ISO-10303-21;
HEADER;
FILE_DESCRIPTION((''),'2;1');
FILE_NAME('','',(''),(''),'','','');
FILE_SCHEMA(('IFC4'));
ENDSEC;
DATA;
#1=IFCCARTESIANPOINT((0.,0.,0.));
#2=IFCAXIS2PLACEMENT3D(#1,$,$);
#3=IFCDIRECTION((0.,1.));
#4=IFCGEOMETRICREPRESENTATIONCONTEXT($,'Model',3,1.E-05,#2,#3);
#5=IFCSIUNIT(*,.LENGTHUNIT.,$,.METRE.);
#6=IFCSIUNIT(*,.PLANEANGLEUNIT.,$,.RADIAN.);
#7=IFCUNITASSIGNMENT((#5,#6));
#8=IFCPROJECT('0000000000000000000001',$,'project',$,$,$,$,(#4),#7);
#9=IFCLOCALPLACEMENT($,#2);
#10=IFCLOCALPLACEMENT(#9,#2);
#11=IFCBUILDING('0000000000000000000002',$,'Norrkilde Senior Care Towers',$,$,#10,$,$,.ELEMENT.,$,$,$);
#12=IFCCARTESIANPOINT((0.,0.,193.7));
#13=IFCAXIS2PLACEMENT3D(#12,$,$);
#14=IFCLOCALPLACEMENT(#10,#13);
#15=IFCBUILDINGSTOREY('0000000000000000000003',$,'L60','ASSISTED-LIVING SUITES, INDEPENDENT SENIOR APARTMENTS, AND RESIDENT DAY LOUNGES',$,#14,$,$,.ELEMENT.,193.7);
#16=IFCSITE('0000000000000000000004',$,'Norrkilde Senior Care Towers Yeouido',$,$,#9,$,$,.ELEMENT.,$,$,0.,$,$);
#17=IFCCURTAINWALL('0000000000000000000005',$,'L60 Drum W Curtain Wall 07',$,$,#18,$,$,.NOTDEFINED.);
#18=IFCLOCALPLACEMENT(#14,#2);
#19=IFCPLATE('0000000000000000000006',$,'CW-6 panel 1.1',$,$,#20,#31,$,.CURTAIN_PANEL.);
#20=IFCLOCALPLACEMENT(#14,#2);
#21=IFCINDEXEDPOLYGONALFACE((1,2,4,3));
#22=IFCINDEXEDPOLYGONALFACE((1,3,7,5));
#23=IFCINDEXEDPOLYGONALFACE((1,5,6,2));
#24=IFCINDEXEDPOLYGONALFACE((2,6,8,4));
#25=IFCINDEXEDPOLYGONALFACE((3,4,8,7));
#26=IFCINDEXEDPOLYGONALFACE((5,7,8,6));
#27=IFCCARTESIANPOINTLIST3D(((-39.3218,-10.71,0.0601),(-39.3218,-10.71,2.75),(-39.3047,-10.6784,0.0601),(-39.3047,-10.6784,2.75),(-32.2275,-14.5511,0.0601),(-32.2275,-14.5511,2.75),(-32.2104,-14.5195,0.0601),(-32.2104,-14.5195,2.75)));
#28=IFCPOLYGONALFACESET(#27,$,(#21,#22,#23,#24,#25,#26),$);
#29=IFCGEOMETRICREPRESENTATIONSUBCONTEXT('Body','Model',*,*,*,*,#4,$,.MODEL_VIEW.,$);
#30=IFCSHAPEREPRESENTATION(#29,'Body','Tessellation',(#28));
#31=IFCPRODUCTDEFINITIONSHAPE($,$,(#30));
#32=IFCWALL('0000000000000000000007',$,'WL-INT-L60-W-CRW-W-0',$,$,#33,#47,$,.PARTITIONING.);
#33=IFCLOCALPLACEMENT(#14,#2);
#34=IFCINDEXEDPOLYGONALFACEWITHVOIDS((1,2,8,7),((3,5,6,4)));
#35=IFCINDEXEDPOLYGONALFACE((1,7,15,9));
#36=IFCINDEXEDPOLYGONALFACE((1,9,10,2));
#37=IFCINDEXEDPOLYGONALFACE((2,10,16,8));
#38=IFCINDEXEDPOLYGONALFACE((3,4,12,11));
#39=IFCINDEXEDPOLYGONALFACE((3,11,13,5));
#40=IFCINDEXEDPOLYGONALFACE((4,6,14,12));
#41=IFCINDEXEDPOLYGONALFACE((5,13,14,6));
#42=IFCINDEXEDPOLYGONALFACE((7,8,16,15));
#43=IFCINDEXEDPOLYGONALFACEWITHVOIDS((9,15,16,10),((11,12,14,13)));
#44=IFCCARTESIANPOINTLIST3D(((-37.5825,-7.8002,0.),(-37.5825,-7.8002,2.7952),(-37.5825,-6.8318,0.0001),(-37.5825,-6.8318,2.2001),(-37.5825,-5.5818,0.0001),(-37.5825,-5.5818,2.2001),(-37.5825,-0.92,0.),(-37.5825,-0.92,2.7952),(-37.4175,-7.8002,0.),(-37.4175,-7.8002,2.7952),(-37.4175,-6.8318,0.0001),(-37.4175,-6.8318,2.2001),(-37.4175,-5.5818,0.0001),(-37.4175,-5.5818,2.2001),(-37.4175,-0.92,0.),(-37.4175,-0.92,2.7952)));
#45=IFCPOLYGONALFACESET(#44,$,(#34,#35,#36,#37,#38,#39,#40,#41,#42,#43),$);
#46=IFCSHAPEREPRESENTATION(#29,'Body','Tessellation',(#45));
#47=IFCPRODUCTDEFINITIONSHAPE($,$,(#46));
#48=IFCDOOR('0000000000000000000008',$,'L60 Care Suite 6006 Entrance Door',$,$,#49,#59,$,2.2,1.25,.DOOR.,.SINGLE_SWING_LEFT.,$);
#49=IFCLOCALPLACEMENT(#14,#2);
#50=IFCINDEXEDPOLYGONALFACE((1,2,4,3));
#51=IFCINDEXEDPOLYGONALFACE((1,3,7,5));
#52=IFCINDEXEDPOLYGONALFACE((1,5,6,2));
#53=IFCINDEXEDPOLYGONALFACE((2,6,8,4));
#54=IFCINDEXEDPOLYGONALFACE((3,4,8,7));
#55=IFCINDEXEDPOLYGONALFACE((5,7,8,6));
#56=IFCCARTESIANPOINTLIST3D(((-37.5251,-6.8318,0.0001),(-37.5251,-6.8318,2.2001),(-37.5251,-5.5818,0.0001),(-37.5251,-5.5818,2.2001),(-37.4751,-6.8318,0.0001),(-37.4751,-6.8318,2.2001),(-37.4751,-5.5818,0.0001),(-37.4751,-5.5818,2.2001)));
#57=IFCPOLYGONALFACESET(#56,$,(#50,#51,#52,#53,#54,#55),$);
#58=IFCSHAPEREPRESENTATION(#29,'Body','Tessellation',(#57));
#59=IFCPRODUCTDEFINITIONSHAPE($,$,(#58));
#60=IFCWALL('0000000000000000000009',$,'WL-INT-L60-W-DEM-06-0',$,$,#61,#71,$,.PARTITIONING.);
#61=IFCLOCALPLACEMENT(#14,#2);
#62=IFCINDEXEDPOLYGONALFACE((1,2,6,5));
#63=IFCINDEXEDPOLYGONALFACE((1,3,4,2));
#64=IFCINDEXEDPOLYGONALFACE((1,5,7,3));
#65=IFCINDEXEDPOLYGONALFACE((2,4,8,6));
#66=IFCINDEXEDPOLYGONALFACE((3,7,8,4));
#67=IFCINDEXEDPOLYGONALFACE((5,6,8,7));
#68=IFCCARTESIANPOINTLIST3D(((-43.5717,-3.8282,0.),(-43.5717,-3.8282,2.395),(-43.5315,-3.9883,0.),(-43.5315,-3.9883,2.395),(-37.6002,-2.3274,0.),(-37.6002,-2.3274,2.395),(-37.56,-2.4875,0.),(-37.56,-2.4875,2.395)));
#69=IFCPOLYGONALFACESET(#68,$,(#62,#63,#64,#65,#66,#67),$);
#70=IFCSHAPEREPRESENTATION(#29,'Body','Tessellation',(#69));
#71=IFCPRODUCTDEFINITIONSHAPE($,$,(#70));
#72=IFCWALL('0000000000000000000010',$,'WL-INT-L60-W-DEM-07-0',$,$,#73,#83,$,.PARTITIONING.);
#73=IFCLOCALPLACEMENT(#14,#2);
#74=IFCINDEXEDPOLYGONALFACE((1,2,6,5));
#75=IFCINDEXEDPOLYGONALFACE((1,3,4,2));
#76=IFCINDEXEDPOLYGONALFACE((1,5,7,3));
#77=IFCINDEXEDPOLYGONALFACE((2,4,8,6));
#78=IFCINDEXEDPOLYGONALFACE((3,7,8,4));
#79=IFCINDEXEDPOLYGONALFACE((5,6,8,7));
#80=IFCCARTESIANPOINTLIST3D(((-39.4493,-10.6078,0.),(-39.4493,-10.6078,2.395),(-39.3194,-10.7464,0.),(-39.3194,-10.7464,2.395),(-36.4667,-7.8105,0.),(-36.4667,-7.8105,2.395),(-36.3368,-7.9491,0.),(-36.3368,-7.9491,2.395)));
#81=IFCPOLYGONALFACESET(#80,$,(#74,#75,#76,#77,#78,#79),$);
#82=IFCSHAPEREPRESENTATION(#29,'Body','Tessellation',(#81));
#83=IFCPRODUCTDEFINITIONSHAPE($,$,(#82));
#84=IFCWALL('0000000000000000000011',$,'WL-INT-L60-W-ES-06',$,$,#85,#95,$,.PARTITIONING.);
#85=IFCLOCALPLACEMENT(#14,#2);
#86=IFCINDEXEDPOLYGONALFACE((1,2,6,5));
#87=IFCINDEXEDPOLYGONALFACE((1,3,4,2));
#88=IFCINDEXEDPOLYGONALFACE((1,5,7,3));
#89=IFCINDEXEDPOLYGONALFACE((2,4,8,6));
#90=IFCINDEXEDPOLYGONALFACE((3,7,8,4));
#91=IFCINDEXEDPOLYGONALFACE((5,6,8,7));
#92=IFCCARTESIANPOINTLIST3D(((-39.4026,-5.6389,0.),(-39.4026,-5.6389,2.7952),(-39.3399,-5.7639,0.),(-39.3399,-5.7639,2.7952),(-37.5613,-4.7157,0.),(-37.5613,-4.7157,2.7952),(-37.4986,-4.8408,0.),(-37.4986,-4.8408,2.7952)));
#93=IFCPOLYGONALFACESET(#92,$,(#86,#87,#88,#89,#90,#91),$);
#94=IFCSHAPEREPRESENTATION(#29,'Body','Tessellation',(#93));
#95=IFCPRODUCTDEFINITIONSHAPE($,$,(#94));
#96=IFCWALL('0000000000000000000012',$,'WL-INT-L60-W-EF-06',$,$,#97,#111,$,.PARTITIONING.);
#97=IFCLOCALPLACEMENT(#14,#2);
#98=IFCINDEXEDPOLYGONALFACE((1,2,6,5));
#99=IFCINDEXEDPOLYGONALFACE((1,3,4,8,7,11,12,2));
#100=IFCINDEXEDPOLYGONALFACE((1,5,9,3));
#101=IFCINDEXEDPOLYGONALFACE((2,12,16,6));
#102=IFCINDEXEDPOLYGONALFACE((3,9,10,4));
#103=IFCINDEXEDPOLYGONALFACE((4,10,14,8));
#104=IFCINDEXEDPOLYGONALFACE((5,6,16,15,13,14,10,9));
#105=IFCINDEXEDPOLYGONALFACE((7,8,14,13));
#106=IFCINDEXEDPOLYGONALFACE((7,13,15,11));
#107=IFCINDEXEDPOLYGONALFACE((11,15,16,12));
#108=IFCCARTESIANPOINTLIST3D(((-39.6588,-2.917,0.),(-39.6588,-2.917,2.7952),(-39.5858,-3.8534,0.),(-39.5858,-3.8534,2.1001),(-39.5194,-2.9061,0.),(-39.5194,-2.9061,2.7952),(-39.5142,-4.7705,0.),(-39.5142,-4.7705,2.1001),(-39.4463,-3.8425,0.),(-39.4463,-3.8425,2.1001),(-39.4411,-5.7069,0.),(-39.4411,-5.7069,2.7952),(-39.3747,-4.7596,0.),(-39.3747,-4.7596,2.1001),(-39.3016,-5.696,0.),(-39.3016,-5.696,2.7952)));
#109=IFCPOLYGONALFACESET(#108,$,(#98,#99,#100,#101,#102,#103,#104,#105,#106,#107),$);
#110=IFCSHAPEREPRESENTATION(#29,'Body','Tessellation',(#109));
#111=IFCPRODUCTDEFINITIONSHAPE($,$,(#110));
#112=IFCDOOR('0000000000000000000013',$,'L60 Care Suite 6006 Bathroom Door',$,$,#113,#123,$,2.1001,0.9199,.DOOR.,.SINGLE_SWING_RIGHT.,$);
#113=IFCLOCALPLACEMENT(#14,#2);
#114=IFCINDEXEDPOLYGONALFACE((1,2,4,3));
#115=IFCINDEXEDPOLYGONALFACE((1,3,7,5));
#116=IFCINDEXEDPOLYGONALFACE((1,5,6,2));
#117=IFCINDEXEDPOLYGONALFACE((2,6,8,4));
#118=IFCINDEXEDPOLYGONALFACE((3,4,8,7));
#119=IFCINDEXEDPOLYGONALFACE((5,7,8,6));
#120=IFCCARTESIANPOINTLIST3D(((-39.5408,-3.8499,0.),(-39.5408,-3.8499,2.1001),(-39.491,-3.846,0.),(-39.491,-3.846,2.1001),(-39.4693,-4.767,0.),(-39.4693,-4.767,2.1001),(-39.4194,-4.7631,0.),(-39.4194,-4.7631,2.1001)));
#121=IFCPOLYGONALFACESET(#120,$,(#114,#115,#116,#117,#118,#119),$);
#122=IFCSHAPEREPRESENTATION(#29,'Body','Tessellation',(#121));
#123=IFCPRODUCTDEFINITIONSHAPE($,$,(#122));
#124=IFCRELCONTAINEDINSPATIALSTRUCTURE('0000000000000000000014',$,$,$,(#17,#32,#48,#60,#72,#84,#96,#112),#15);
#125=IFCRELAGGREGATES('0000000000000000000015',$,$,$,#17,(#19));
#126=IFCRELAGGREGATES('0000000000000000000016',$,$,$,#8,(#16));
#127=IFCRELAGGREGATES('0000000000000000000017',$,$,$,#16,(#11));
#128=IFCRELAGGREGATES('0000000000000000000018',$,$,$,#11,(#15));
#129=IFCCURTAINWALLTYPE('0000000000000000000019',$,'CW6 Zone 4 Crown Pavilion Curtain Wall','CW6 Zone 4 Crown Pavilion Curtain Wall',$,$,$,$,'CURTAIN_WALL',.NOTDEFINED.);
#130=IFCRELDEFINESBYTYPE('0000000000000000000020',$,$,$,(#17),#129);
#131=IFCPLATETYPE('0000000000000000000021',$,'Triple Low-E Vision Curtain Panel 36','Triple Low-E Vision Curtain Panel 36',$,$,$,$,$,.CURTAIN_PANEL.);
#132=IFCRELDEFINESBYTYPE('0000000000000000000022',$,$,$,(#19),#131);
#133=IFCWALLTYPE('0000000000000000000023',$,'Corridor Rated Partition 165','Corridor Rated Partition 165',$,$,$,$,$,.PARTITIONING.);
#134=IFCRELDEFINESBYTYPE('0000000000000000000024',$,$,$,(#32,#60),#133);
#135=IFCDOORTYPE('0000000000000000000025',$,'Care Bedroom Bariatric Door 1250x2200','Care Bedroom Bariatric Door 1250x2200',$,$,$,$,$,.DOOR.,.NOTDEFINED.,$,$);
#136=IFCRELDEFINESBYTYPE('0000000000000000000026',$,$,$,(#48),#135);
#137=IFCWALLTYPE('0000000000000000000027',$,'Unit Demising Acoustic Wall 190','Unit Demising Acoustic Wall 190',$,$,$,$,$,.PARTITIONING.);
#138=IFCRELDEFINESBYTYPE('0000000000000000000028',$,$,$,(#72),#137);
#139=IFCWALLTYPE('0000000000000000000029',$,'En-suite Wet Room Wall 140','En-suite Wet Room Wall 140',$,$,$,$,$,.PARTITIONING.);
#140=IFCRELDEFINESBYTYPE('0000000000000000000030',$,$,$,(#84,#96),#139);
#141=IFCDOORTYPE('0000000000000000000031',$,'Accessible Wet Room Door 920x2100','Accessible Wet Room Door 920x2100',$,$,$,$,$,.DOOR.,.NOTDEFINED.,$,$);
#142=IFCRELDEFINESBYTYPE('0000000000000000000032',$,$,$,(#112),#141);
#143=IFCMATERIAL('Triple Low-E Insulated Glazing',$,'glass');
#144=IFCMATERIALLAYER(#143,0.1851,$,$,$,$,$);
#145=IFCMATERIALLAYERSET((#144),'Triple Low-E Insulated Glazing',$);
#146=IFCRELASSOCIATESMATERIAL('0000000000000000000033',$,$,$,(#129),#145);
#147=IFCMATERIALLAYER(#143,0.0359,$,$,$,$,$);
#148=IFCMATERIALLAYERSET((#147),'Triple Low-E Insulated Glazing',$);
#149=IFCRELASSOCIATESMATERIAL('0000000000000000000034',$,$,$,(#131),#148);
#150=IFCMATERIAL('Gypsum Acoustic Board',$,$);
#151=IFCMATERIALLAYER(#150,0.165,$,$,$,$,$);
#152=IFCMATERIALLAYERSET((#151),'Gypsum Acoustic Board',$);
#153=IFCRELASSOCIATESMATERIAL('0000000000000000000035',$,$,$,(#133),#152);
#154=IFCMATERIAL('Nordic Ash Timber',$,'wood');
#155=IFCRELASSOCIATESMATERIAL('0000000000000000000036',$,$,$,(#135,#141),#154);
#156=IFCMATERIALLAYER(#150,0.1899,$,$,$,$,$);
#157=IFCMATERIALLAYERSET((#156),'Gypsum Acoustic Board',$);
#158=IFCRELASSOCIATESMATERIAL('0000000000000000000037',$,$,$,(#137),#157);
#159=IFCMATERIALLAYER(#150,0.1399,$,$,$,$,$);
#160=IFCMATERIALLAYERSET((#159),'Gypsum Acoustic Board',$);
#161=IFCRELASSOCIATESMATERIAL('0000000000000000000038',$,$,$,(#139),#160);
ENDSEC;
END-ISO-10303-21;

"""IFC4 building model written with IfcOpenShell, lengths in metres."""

from ifc_helpers import new_model, si_unit, direction, frame, frame_2d, origin, origin_2d, place, context, subcontext, project, spatial, rectangle, extrude, source, transform, mapped, material, layer, layer_set, type_object, type_shapes, element, fill, aggregate, save


model = new_model("IFC4")

# Units and contexts
model_context = context("Model", 3, precision=1e-05, world=origin(), true_north=direction((0.0, 1.0)))
body_context = subcontext(model_context, "Body", "Model", "MODEL_VIEW")
ifc_project = project(units=[si_unit("LENGTHUNIT", "METRE"), si_unit("PLANEANGLEUNIT", "RADIAN")], contexts=[model_context])

# Site, building, storey
site_placement = place(None, origin())
site = spatial("IfcSite", under=ifc_project, at=site_placement, Name="Norrkilde Senior Care Towers Yeouido", CompositionType="ELEMENT", RefElevation=0.0)
building_placement = place(site_placement, origin())
building = spatial("IfcBuilding", under=site, at=building_placement, Name="Norrkilde Senior Care Towers", CompositionType="ELEMENT")
storey_placement = place(building_placement, frame((0.0, 0.0, 193.7)))
storey = spatial("IfcBuildingStorey", under=building, at=storey_placement, Name="L60", Description="ASSISTED-LIVING SUITES, INDEPENDENT SENIOR APARTMENTS, AND RESIDENT DAY LOUNGES", CompositionType="ELEMENT", Elevation=193.7)

# Shared definitions
ifc_material_1 = material(Name="Triple Low-E Insulated Glazing", Category="glass")
ifc_layer_1 = layer(ifc_material_1, 0.1851)
ifc_layer_set_1 = layer_set([ifc_layer_1], Name="Triple Low-E Insulated Glazing")
curtain_wall_type = type_object("IfcCurtainWallType", Name="CW6 Zone 4 Crown Pavilion Curtain Wall", Description="CW6 Zone 4 Crown Pavilion Curtain Wall", ElementType="CURTAIN_WALL", PredefinedType="NOTDEFINED", material=ifc_layer_set_1)

# Curtain wall
curtain_wall_1_placement = place(storey_placement, origin())
curtain_wall_1 = element("IfcCurtainWall", 1, at=curtain_wall_1_placement, inside=storey, type_object=curtain_wall_type, Name="L60 Drum W Curtain Wall 07", PredefinedType="NOTDEFINED")

# Plate
ifc_layer_2 = layer(ifc_material_1, 0.0359)
ifc_layer_set_2 = layer_set([ifc_layer_2], Name="Triple Low-E Insulated Glazing")
plate_type = type_object("IfcPlateType", Name="Triple Low-E Vision Curtain Panel 36", Description="Triple Low-E Vision Curtain Panel 36", PredefinedType="CURTAIN_PANEL", material=ifc_layer_set_2)
shared_shape_1 = source(origin(), body_context, "Body", "SweptSolid", [
    extrude(rectangle(XDim=8.0674, YDim=0.0359, at=origin_2d()), origin(), (0.0, 0.0, 1.0), 2.6899),
])
plate_1_placement = place(storey_placement, frame((-35.7661, -12.6147, 0.0601), z_axis=(0.0, 0.0, 1.0), x_axis=(-0.879373, 0.476133, 0.0)))
plate_1 = element("IfcPlate", 2, at=plate_1_placement, type_object=plate_type, Name="CW-6 panel 1.1", PredefinedType="CURTAIN_PANEL", context=body_context, shape_type="MappedRepresentation", body=[
    mapped(shared_shape_1, transform((0.0, 0.0, 0.0), x_axis=(1.0, 0.0, 0.0), y_axis=(0.0, 1.0, 0.0), z_axis=(0.0, 0.0, 1.0), scale=1.0)),
])
aggregate(curtain_wall_1, [plate_1])

# Wall, opening, door
ifc_material_2 = material(Name="Gypsum Acoustic Board")
ifc_layer_3 = layer(ifc_material_2, 0.165)
ifc_layer_set_3 = layer_set([ifc_layer_3], Name="Gypsum Acoustic Board")
wall_type_1 = type_object("IfcWallType", Name="Corridor Rated Partition 165", Description="Corridor Rated Partition 165", PredefinedType="PARTITIONING", material=ifc_layer_set_3)
shared_shape_2 = source(origin(), body_context, "Body", "SweptSolid", [
    extrude(rectangle(XDim=6.8801, YDim=0.165, at=frame_2d((3.4399, 0.0))), origin(), (0.0, 0.0, 1.0), 2.7952),
])
wall_1_placement = place(storey_placement, frame((-37.5, -7.8, 0.0), z_axis=(0.0, 0.0, 1.0), x_axis=(0.0, 1.0, 0.0)))
wall_1 = element("IfcWall", 3, at=wall_1_placement, inside=storey, type_object=wall_type_1, Name="WL-INT-L60-W-CRW-W-0", PredefinedType="PARTITIONING", context=body_context, shape_type="MappedRepresentation", body=[
    mapped(shared_shape_2, transform((0.0, 0.0, 0.0), x_axis=(1.0, 0.0, 0.0), y_axis=(0.0, 1.0, 0.0), z_axis=(0.0, 0.0, 1.0), scale=1.0)),
])
opening_1_placement = place(wall_1_placement, frame((0.9683, 0.0, 0.0)))
opening_1 = element("IfcOpeningElement", 4, at=opening_1_placement, cuts=wall_1, PredefinedType="OPENING", context=body_context, shape_type="SweptSolid", body=[
    extrude(rectangle(XDim=1.25, YDim=2.2, at=frame_2d((0.625, 1.1001))), frame((0.0, 0.0925, 0.0), z_axis=(0.0, -1.0, 0.0), x_axis=(1.0, 0.0, 0.0)), (0.0, 0.0, 1.0), 0.1851),
])
ifc_material_3 = material(Name="Nordic Ash Timber", Category="wood")
door_type_1 = type_object("IfcDoorType", Name="Care Bedroom Bariatric Door 1250x2200", Description="Care Bedroom Bariatric Door 1250x2200", OperationType="NOTDEFINED", PredefinedType="DOOR", material=ifc_material_3)
shared_shape_3 = source(origin(), body_context, "Body", "SweptSolid", [
    extrude(rectangle(XDim=1.25, YDim=2.2, at=frame_2d((0.625, 1.1001))), frame((0.0, 0.0249, 0.0), z_axis=(0.0, -1.0, 0.0), x_axis=(1.0, 0.0, 0.0)), (0.0, 0.0, 1.0), 0.05),
])
type_shapes(door_type_1, [shared_shape_3])
door_1_placement = place(opening_1_placement, frame((1.25, 0.0, 0.0), z_axis=(0.0, 0.0, 1.0), x_axis=(-1.0, 0.0, 0.0)))
door_1 = element("IfcDoor", 5, at=door_1_placement, inside=storey, type_object=door_type_1, Name="L60 Care Suite 6006 Entrance Door", OperationType="SINGLE_SWING_LEFT", OverallHeight=2.2, OverallWidth=1.25, PredefinedType="DOOR", context=body_context, shape_type="MappedRepresentation", body=[
    mapped(shared_shape_3, transform((0.0, 0.0, 0.0), x_axis=(1.0, 0.0, 0.0), y_axis=(0.0, 1.0, 0.0), z_axis=(0.0, 0.0, 1.0), scale=1.0)),
])
fill(opening_1, door_1)

# Walls
shared_shape_4 = source(origin(), body_context, "Body", "SweptSolid", [
    extrude(rectangle(XDim=6.1572, YDim=0.165, at=frame_2d((3.0786, 0.0))), origin(), (0.0, 0.0, 1.0), 2.395),
])
type_shapes(wall_type_1, [shared_shape_2, shared_shape_4])
wall_2_placement = place(storey_placement, frame((-37.5801, -2.4075, 0.0), z_axis=(0.0, 0.0, 1.0), x_axis=(-0.969841, -0.243739, 0.0)))
element("IfcWall", 6, at=wall_2_placement, inside=storey, type_object=wall_type_1, Name="WL-INT-L60-W-DEM-06-0", PredefinedType="PARTITIONING", context=body_context, shape_type="MappedRepresentation", body=[
    mapped(shared_shape_4, transform((0.0, 0.0, 0.0), x_axis=(1.0, 0.0, 0.0), y_axis=(0.0, 1.0, 0.0), z_axis=(0.0, 0.0, 1.0), scale=1.0)),
])
ifc_layer_4 = layer(ifc_material_2, 0.1899)
ifc_layer_set_4 = layer_set([ifc_layer_4], Name="Gypsum Acoustic Board")
wall_type_2 = type_object("IfcWallType", Name="Unit Demising Acoustic Wall 190", Description="Unit Demising Acoustic Wall 190", PredefinedType="PARTITIONING", material=ifc_layer_set_4)
shared_shape_5 = source(origin(), body_context, "Body", "SweptSolid", [
    extrude(rectangle(XDim=4.0891, YDim=0.1899, at=frame_2d((2.0444, 0.0))), origin(), (0.0, 0.0, 1.0), 2.395),
])
type_shapes(wall_type_2, [shared_shape_5])
wall_3_placement = place(storey_placement, frame((-36.4019, -7.8799, 0.0), z_axis=(0.0, 0.0, 1.0), x_axis=(-0.729401, -0.684086, 0.0)))
element("IfcWall", 7, at=wall_3_placement, inside=storey, type_object=wall_type_2, Name="WL-INT-L60-W-DEM-07-0", PredefinedType="PARTITIONING", context=body_context, shape_type="MappedRepresentation", body=[
    mapped(shared_shape_5, transform((0.0, 0.0, 0.0), x_axis=(1.0, 0.0, 0.0), y_axis=(0.0, 1.0, 0.0), z_axis=(0.0, 0.0, 1.0), scale=1.0)),
])
ifc_layer_5 = layer(ifc_material_2, 0.1399)
ifc_layer_set_5 = layer_set([ifc_layer_5], Name="Gypsum Acoustic Board")
wall_type_3 = type_object("IfcWallType", Name="En-suite Wet Room Wall 140", Description="En-suite Wet Room Wall 140", PredefinedType="PARTITIONING", material=ifc_layer_set_5)
shared_shape_6 = source(origin(), body_context, "Body", "SweptSolid", [
    extrude(rectangle(XDim=2.0598, YDim=0.1399, at=frame_2d((1.0298, 0.0))), origin(), (0.0, 0.0, 1.0), 2.7952),
])
wall_4_placement = place(storey_placement, frame((-37.53, -4.7783, 0.0), z_axis=(0.0, 0.0, 1.0), x_axis=(-0.893953, -0.448162, 0.0)))
element("IfcWall", 8, at=wall_4_placement, inside=storey, type_object=wall_type_3, Name="WL-INT-L60-W-ES-06", PredefinedType="PARTITIONING", context=body_context, shape_type="MappedRepresentation", body=[
    mapped(shared_shape_6, transform((0.0, 0.0, 0.0), x_axis=(1.0, 0.0, 0.0), y_axis=(0.0, 1.0, 0.0), z_axis=(0.0, 0.0, 1.0), scale=1.0)),
])

# Wall, opening, door
shared_shape_7 = source(origin(), body_context, "Body", "SweptSolid", [
    extrude(rectangle(XDim=2.7983, YDim=0.1399, at=frame_2d((1.3992, 0.0))), origin(), (0.0, 0.0, 1.0), 2.7952),
])
type_shapes(wall_type_3, [shared_shape_6, shared_shape_7])
wall_5_placement = place(storey_placement, frame((-39.3713, -5.7014, 0.0), z_axis=(0.0, 0.0, 1.0), x_axis=(-0.077824, 0.996967, 0.0)))
wall_5 = element("IfcWall", 9, at=wall_5_placement, inside=storey, type_object=wall_type_3, Name="WL-INT-L60-W-EF-06", PredefinedType="PARTITIONING", context=body_context, shape_type="MappedRepresentation", body=[
    mapped(shared_shape_7, transform((0.0, 0.0, 0.0), x_axis=(1.0, 0.0, 0.0), y_axis=(0.0, 1.0, 0.0), z_axis=(0.0, 0.0, 1.0), scale=1.0)),
])
opening_2_placement = place(wall_5_placement, frame((0.9392, 0.0, 0.0)))
opening_2 = element("IfcOpeningElement", 10, at=opening_2_placement, cuts=wall_5, PredefinedType="OPENING", context=body_context, shape_type="SweptSolid", body=[
    extrude(rectangle(XDim=0.9199, YDim=2.1001, at=frame_2d((0.46, 1.05))), frame((0.0, 0.0798, 0.0), z_axis=(0.0, -1.0, 0.0), x_axis=(1.0, 0.0, 0.0)), (0.0, 0.0, 1.0), 0.1599),
])
door_type_2 = type_object("IfcDoorType", Name="Accessible Wet Room Door 920x2100", Description="Accessible Wet Room Door 920x2100", OperationType="NOTDEFINED", PredefinedType="DOOR", material=ifc_material_3)
shared_shape_8 = source(origin(), body_context, "Body", "SweptSolid", [
    extrude(rectangle(XDim=0.9199, YDim=2.1001, at=frame_2d((0.46, 1.05))), frame((0.0, 0.0249, 0.0), z_axis=(0.0, -1.0, 0.0), x_axis=(1.0, 0.0, 0.0)), (0.0, 0.0, 1.0), 0.05),
])
type_shapes(door_type_2, [shared_shape_8])
door_2_placement = place(opening_2_placement, origin())
door_2 = element("IfcDoor", 11, at=door_2_placement, inside=storey, type_object=door_type_2, Name="L60 Care Suite 6006 Bathroom Door", OperationType="SINGLE_SWING_RIGHT", OverallHeight=2.1001, OverallWidth=0.9199, PredefinedType="DOOR", context=body_context, shape_type="MappedRepresentation", body=[
    mapped(shared_shape_8, transform((0.0, 0.0, 0.0), x_axis=(1.0, 0.0, 0.0), y_axis=(0.0, 1.0, 0.0), z_axis=(0.0, 0.0, 1.0), scale=1.0)),
])
fill(opening_2, door_2)

save(model, "model.ifc")
